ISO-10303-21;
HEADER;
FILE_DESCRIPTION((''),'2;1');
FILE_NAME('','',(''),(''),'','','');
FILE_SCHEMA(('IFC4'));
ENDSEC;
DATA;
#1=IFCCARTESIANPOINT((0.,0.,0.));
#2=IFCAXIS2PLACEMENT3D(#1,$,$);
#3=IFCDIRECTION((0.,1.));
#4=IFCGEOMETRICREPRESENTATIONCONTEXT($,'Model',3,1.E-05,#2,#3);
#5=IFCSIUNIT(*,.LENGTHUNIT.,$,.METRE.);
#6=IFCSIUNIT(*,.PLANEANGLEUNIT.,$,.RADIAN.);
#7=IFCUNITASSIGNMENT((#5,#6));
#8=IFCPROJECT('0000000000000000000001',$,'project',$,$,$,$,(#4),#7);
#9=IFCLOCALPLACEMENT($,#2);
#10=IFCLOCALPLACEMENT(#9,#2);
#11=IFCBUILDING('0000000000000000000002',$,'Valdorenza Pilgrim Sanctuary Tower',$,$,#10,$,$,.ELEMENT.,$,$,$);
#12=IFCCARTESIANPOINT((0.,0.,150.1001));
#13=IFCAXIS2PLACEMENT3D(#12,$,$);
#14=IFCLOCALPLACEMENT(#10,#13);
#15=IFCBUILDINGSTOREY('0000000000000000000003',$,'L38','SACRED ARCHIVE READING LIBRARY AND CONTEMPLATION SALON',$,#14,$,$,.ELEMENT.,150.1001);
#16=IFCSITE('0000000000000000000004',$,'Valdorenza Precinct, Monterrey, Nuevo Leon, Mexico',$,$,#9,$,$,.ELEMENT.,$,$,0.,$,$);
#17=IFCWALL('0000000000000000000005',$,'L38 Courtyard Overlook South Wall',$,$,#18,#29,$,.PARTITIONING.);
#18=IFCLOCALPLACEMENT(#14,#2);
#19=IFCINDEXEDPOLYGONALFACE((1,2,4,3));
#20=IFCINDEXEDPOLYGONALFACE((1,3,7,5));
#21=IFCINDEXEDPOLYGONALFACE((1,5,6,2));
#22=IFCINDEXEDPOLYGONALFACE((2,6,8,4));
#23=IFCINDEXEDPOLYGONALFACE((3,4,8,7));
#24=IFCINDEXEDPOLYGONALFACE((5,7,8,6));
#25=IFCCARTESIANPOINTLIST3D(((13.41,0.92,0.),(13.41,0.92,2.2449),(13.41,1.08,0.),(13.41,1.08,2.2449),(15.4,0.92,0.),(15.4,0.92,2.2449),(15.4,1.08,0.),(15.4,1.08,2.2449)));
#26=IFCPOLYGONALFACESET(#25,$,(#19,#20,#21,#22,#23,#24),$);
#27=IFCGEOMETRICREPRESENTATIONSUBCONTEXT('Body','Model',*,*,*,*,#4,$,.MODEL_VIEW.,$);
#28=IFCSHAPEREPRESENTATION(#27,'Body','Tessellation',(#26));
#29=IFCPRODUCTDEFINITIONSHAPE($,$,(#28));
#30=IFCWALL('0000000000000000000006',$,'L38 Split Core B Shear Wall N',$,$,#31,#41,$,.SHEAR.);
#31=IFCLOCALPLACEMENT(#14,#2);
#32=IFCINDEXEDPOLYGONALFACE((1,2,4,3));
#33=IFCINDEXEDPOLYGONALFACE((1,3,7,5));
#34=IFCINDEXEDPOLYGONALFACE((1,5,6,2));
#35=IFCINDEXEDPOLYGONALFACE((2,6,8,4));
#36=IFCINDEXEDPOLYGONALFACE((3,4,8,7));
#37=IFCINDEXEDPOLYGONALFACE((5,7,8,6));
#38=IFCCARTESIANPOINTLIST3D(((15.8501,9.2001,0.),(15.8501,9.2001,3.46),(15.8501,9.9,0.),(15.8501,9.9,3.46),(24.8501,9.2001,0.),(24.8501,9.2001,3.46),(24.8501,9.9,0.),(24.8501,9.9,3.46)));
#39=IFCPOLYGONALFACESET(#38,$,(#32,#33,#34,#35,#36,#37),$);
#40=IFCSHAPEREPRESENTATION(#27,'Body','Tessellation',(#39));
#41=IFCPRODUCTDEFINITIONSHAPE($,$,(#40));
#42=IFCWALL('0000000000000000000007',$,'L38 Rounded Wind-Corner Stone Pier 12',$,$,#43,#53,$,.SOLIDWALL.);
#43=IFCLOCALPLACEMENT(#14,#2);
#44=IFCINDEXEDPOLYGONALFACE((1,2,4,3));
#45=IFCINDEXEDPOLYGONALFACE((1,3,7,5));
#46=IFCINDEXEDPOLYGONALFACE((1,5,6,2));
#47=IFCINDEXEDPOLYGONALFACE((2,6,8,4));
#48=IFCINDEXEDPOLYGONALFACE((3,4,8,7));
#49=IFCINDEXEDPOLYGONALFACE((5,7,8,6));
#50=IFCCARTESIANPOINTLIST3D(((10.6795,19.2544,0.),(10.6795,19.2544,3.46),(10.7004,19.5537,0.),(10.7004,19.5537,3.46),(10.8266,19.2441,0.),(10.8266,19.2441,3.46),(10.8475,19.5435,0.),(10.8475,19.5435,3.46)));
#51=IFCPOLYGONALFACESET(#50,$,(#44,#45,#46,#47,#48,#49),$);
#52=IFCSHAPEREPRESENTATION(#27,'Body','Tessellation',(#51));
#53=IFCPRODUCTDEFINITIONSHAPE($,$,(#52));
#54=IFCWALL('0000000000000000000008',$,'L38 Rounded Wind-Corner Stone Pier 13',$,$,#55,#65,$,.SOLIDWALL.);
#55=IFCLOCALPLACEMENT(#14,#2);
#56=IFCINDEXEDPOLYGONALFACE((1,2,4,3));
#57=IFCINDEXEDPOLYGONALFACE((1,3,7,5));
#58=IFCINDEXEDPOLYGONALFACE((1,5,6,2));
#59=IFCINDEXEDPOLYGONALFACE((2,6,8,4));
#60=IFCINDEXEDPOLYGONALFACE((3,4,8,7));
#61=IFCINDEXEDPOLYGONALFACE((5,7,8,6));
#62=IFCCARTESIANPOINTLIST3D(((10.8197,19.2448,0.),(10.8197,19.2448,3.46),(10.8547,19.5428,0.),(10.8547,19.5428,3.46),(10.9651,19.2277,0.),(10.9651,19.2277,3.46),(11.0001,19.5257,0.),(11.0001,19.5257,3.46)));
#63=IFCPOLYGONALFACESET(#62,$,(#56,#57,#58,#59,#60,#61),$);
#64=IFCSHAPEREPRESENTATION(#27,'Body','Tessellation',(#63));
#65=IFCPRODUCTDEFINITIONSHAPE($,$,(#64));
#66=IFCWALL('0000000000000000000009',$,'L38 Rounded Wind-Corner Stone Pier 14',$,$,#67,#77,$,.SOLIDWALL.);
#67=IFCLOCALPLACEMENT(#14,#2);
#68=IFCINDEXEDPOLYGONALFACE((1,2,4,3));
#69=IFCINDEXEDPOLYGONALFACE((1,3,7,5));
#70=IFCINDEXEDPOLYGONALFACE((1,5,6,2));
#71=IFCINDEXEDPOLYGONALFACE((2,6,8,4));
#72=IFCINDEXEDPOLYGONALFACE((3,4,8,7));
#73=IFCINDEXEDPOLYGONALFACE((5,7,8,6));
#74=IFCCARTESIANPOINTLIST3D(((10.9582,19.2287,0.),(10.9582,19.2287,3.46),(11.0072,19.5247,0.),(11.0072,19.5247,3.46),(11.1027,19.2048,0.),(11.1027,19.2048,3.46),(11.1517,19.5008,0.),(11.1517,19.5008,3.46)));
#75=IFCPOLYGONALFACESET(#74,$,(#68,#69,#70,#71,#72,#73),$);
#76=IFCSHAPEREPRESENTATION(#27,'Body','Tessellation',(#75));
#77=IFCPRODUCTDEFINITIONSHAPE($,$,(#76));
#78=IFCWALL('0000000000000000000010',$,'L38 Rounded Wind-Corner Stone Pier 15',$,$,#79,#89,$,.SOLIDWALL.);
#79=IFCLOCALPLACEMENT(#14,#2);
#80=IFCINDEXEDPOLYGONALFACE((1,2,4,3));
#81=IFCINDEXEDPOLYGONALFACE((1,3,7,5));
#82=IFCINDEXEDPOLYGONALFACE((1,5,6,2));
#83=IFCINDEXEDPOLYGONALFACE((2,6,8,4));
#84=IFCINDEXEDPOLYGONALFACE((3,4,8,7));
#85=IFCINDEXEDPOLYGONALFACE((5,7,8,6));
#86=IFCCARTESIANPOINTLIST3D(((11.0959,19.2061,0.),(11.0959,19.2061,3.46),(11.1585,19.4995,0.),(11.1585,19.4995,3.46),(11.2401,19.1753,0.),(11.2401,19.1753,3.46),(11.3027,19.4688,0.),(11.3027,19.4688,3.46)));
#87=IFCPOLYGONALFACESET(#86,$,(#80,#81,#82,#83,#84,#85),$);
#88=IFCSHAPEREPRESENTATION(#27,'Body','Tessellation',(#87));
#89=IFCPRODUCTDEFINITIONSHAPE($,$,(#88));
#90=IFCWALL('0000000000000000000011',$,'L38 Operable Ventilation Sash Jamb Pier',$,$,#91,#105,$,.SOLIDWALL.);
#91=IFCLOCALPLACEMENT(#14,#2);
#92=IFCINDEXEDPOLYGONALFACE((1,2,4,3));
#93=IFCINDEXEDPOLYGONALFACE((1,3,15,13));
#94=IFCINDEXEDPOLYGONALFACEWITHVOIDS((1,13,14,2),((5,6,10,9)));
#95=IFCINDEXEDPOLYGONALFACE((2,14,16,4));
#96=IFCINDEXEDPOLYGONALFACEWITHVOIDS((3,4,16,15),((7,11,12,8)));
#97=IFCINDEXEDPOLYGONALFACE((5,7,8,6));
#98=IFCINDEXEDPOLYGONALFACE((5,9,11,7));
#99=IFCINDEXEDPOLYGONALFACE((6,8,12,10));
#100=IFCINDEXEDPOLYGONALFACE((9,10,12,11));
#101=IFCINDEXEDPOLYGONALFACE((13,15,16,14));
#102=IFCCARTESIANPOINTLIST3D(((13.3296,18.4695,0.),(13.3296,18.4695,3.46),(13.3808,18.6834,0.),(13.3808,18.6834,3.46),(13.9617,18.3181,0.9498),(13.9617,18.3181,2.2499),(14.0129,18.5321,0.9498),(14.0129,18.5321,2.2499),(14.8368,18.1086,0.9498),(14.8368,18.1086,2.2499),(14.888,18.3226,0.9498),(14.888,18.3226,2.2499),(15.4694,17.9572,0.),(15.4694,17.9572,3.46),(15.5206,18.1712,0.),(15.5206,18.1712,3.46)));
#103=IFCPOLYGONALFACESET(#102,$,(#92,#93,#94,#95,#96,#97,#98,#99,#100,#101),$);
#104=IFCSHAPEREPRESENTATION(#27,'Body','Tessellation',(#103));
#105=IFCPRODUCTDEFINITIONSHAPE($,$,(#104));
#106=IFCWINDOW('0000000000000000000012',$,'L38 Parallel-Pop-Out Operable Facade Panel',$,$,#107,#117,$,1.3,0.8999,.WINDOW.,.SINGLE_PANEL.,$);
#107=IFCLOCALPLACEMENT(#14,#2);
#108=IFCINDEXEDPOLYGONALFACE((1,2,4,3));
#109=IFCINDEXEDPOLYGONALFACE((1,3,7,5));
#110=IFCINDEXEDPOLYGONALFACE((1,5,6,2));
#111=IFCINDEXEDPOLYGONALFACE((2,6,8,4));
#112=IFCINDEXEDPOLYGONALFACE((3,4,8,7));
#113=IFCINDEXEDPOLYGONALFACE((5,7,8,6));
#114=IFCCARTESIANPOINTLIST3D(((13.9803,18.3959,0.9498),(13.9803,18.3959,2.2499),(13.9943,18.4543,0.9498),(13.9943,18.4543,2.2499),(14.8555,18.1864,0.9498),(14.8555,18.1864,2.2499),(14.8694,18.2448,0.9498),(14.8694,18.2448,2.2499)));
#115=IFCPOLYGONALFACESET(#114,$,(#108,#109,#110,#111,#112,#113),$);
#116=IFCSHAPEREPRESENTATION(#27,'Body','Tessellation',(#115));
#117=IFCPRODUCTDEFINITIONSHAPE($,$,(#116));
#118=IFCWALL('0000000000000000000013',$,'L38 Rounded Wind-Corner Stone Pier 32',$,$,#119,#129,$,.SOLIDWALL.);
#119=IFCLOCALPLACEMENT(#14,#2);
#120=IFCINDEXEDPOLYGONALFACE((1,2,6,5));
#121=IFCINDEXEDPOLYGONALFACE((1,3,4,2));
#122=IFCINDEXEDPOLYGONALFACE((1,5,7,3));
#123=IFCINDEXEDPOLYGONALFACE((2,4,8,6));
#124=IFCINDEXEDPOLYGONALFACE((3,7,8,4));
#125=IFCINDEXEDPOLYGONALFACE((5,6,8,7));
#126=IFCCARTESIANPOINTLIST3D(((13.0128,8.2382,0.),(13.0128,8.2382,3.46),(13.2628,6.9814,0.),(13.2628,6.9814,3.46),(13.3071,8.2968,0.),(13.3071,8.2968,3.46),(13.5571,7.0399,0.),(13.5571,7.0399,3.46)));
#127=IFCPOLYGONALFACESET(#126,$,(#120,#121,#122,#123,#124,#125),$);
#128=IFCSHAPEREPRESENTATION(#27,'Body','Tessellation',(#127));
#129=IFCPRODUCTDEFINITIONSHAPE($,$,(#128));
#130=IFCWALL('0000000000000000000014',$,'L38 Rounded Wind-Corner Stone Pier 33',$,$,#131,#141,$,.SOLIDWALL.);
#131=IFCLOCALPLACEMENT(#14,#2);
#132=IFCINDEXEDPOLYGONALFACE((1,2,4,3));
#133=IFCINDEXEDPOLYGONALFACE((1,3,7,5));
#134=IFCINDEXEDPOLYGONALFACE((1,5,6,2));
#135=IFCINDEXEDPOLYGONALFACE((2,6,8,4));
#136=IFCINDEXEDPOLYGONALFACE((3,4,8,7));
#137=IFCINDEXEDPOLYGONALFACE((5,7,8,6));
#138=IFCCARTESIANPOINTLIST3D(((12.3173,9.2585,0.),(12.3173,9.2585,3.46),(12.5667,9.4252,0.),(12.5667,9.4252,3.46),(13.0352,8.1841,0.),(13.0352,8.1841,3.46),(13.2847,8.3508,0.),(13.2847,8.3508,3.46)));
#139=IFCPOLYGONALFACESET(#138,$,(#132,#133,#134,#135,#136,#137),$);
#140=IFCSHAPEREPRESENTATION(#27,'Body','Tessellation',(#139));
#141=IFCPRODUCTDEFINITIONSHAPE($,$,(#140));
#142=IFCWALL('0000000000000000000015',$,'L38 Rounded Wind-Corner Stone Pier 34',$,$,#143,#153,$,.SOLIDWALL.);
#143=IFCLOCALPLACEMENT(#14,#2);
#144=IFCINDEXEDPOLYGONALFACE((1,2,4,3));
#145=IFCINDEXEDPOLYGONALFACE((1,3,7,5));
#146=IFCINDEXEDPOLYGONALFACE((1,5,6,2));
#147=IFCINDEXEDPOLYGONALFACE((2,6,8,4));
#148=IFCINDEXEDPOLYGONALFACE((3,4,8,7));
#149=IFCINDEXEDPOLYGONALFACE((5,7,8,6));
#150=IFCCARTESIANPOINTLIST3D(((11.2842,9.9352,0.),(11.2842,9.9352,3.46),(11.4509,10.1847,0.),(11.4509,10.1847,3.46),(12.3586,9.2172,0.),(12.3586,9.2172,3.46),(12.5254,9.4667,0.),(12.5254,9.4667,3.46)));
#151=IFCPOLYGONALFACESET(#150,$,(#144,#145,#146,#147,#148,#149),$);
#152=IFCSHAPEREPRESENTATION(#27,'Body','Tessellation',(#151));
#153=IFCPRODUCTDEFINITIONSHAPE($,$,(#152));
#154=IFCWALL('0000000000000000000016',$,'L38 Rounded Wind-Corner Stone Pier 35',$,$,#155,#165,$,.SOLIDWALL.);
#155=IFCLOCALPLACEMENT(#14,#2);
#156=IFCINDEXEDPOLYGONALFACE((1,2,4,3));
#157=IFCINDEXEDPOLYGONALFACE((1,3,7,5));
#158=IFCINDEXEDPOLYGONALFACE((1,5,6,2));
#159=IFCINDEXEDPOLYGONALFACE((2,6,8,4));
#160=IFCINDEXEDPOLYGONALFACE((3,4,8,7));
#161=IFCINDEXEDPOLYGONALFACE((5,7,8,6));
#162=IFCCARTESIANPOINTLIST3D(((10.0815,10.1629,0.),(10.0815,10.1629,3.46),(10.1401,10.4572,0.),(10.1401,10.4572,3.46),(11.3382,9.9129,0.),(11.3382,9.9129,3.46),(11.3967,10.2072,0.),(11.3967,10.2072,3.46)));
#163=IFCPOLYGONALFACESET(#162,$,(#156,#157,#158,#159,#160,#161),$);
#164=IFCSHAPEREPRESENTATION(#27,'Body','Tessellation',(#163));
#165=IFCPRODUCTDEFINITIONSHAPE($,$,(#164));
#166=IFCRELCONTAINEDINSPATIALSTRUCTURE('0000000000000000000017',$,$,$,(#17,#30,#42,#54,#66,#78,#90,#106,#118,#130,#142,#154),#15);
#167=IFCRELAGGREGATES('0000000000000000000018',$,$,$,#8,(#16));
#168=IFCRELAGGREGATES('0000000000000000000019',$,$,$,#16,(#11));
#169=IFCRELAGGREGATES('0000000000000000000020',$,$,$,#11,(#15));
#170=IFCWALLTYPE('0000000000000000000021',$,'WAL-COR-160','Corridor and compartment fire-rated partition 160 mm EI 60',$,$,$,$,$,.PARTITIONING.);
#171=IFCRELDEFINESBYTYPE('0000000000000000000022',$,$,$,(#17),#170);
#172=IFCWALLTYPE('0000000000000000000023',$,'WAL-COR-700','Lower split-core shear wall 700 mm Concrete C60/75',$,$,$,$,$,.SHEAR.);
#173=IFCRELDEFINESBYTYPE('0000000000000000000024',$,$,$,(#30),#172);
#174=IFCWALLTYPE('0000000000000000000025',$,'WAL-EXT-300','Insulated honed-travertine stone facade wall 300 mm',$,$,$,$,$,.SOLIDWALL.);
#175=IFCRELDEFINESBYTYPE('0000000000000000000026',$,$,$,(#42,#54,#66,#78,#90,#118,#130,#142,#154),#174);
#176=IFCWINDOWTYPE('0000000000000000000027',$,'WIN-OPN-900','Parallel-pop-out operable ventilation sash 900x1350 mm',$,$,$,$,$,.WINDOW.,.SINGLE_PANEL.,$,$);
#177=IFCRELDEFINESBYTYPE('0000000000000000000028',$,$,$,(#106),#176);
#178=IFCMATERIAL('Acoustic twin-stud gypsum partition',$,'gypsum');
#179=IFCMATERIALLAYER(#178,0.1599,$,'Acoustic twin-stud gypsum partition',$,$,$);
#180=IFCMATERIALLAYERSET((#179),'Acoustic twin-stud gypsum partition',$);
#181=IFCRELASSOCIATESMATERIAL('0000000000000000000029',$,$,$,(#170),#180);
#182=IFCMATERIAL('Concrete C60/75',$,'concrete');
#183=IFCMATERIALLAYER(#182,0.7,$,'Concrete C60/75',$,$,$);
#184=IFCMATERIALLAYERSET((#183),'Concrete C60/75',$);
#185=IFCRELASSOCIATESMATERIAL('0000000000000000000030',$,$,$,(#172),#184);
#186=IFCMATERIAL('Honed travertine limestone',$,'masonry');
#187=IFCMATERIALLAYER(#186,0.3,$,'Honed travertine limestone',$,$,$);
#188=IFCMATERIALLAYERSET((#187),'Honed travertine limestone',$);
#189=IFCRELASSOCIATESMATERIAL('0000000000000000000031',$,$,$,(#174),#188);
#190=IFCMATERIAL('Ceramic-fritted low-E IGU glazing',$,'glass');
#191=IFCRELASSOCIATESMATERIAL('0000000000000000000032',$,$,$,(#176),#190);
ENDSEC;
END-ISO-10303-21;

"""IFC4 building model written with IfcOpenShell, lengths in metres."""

from ifc_helpers import new_model, si_unit, direction, frame, frame_2d, origin, place, context, subcontext, project, spatial, rectangle, extrude, material, layer, layer_set, type_object, element, fill, save


model = new_model("IFC4")

# Units and contexts
model_context = context("Model", 3, precision=1e-05, world=origin(), true_north=direction((0.0, 1.0)))
body_context = subcontext(model_context, "Body", "Model", "MODEL_VIEW")
ifc_project = project(units=[si_unit("LENGTHUNIT", "METRE"), si_unit("PLANEANGLEUNIT", "RADIAN")], contexts=[model_context])

# Site, building, storey
site_placement = place(None, origin())
site = spatial("IfcSite", under=ifc_project, at=site_placement, Name="Valdorenza Precinct, Monterrey, Nuevo Leon, Mexico", CompositionType="ELEMENT", RefElevation=0.0)
building_placement = place(site_placement, origin())
building = spatial("IfcBuilding", under=site, at=building_placement, Name="Valdorenza Pilgrim Sanctuary Tower", CompositionType="ELEMENT")
storey_placement = place(building_placement, frame((0.0, 0.0, 150.1001)))
storey = spatial("IfcBuildingStorey", under=building, at=storey_placement, Name="L38", Description="SACRED ARCHIVE READING LIBRARY AND CONTEMPLATION SALON", CompositionType="ELEMENT", Elevation=150.1001)

# Shared definitions
ifc_material_1 = material(Name="Honed travertine limestone", Category="masonry")
ifc_material_2 = material(Name="Ceramic-fritted low-E IGU glazing", Category="glass")

# Shared definitions
ifc_material_3 = material(Name="Acoustic twin-stud gypsum partition", Category="gypsum")
ifc_layer_1 = layer(ifc_material_3, 0.1599, Name="Acoustic twin-stud gypsum partition")
ifc_layer_set_1 = layer_set([ifc_layer_1], Name="Acoustic twin-stud gypsum partition")
wall_type_1 = type_object("IfcWallType", Name="WAL-COR-160", Description="Corridor and compartment fire-rated partition 160 mm EI 60", PredefinedType="PARTITIONING", material=ifc_layer_set_1)

# Walls
wall_1_placement = place(storey_placement, frame((13.4099, 1.0, 0.0), z_axis=(0.0, 0.0, 1.0), x_axis=(1.0, 0.0, 0.0)))
element("IfcWall", 1, at=wall_1_placement, inside=storey, type_object=wall_type_1, Name="L38 Courtyard Overlook South Wall", PredefinedType="PARTITIONING", context=body_context, shape_type="SweptSolid", body=[
    extrude(rectangle(XDim=1.99, YDim=0.1599, at=frame_2d((0.9951, 0.0))), origin(), (0.0, 0.0, 1.0), 2.2449),
])
ifc_material_4 = material(Name="Concrete C60/75", Category="concrete")
ifc_layer_2 = layer(ifc_material_4, 0.7, Name="Concrete C60/75")
ifc_layer_set_2 = layer_set([ifc_layer_2], Name="Concrete C60/75")
wall_type_2 = type_object("IfcWallType", Name="WAL-COR-700", Description="Lower split-core shear wall 700 mm Concrete C60/75", PredefinedType="SHEAR", material=ifc_layer_set_2)
wall_2_placement = place(storey_placement, frame((15.8501, 9.55, 0.0), z_axis=(0.0, 0.0, 1.0), x_axis=(1.0, 0.0, 0.0)))
element("IfcWall", 2, at=wall_2_placement, inside=storey, type_object=wall_type_2, Name="L38 Split Core B Shear Wall N", PredefinedType="SHEAR", context=body_context, shape_type="SweptSolid", body=[
    extrude(rectangle(XDim=9.0, YDim=0.7, at=frame_2d((4.5, 0.0))), origin(), (0.0, 0.0, 1.0), 3.46),
])
ifc_layer_3 = layer(ifc_material_1, 0.3, Name="Honed travertine limestone")
ifc_layer_set_3 = layer_set([ifc_layer_3], Name="Honed travertine limestone")
wall_type_3 = type_object("IfcWallType", Name="WAL-EXT-300", Description="Insulated honed-travertine stone facade wall 300 mm", PredefinedType="SOLIDWALL", material=ifc_layer_set_3)
wall_3_placement = place(storey_placement, frame((10.6899, 19.4041, 0.0), z_axis=(0.0, 0.0, 1.0), x_axis=(0.997583, -0.069483, 0.0)))
element("IfcWall", 3, at=wall_3_placement, inside=storey, type_object=wall_type_3, Name="L38 Rounded Wind-Corner Stone Pier 12", PredefinedType="SOLIDWALL", context=body_context, shape_type="SweptSolid", body=[
    extrude(rectangle(XDim=0.1475, YDim=0.3, at=frame_2d((0.0737, 0.0))), origin(), (0.0, 0.0, 1.0), 3.46),
])
for number, where, z_axis, x_axis, name in (
    (4, (10.8372, 19.3938, 0.0), (0.0, 0.0, 1.0), (0.993173, -0.116648, 0.0), "L38 Rounded Wind-Corner Stone Pier 13"),
    (5, (10.9827, 19.3767, 0.0), (0.0, 0.0, 1.0), (0.986573, -0.163318, 0.0), "L38 Rounded Wind-Corner Stone Pier 14"),
):
    element("IfcWall", number, at=place(storey_placement, frame(where, z_axis=z_axis, x_axis=x_axis)), inside=storey, type_object=wall_type_3, Name=name, PredefinedType="SOLIDWALL", context=body_context, shape_type="SweptSolid", body=[
        extrude(rectangle(XDim=0.1465, YDim=0.3, at=frame_2d((0.0732, 0.0))), origin(), (0.0, 0.0, 1.0), 3.46),
    ])
wall_4_placement = place(storey_placement, frame((11.1272, 19.3528, 0.0), z_axis=(0.0, 0.0, 1.0), x_axis=(0.97802, -0.208512, 0.0)))
element("IfcWall", 6, at=wall_4_placement, inside=storey, type_object=wall_type_3, Name="L38 Rounded Wind-Corner Stone Pier 15", PredefinedType="SOLIDWALL", context=body_context, shape_type="SweptSolid", body=[
    extrude(rectangle(XDim=0.1475, YDim=0.3, at=frame_2d((0.0737, 0.0))), origin(), (0.0, 0.0, 1.0), 3.46),
])

# Wall, opening, window
wall_5_placement = place(storey_placement, frame((13.3552, 18.5764, 0.0), z_axis=(0.0, 0.0, 1.0), x_axis=(0.972522, -0.232811, 0.0)))
wall_5 = element("IfcWall", 7, at=wall_5_placement, inside=storey, type_object=wall_type_3, Name="L38 Operable Ventilation Sash Jamb Pier", PredefinedType="SOLIDWALL", context=body_context, shape_type="SweptSolid", body=[
    extrude(rectangle(XDim=2.2002, YDim=0.22, at=frame_2d((1.1001, 0.0))), origin(), (0.0, 0.0, 1.0), 3.46),
])
opening_1_placement = place(wall_5_placement, frame((0.6499, 0.0, 0.95)))
opening_1 = element("IfcOpeningElement", 8, at=opening_1_placement, cuts=wall_5, PredefinedType="OPENING", context=body_context, shape_type="SweptSolid", body=[
    extrude(rectangle(XDim=0.8999, YDim=1.3, at=frame_2d((0.45, 0.6499))), frame((0.0, 0.125, 0.0), z_axis=(0.0, -1.0, 0.0), x_axis=(1.0, 0.0, 0.0)), (0.0, 0.0, 1.0), 0.2498),
])
window_type = type_object("IfcWindowType", Name="WIN-OPN-900", Description="Parallel-pop-out operable ventilation sash 900x1350 mm", PartitioningType="SINGLE_PANEL", PredefinedType="WINDOW", material=ifc_material_2)
window_placement = place(opening_1_placement, origin())
window = element("IfcWindow", 9, at=window_placement, inside=storey, type_object=window_type, Name="L38 Parallel-Pop-Out Operable Facade Panel", OverallHeight=1.3, OverallWidth=0.8999, PartitioningType="SINGLE_PANEL", PredefinedType="WINDOW", context=body_context, shape_type="SweptSolid", body=[
    extrude(rectangle(XDim=0.8999, YDim=1.3, at=frame_2d((0.45, 0.6499))), frame((0.0, 0.03, 0.0), z_axis=(0.0, -1.0, 0.0), x_axis=(1.0, 0.0, 0.0)), (0.0, 0.0, 1.0), 0.0601),
])
fill(opening_1, window)

# Walls
wall_6_placement = place(storey_placement, frame((13.4099, 7.0107, 0.0), z_axis=(0.0, 0.0, 1.0), x_axis=(-0.19509, 0.980785, 0.0)))
element("IfcWall", 10, at=wall_6_placement, inside=storey, type_object=wall_type_3, Name="L38 Rounded Wind-Corner Stone Pier 32", PredefinedType="SOLIDWALL", context=body_context, shape_type="SweptSolid", body=[
    extrude(rectangle(XDim=1.2815, YDim=0.3, at=frame_2d((0.6406, 0.0))), origin(), (0.0, 0.0, 1.0), 3.46),
])
for number, where, z_axis, x_axis, name in (
    (11, (13.1599, 8.2676, 0.0), (0.0, 0.0, 1.0), (-0.555615, 0.831439, 0.0), "L38 Rounded Wind-Corner Stone Pier 33"),
    (12, (12.4419, 9.342, 0.0), (0.0, 0.0, 1.0), (-0.831439, 0.555615, 0.0), "L38 Rounded Wind-Corner Stone Pier 34"),
):
    element("IfcWall", number, at=place(storey_placement, frame(where, z_axis=z_axis, x_axis=x_axis)), inside=storey, type_object=wall_type_3, Name=name, PredefinedType="SOLIDWALL", context=body_context, shape_type="SweptSolid", body=[
        extrude(rectangle(XDim=1.2922, YDim=0.3, at=frame_2d((0.646, 0.0))), origin(), (0.0, 0.0, 1.0), 3.46),
    ])
wall_7_placement = place(storey_placement, frame((11.3674, 10.0601, 0.0), z_axis=(0.0, 0.0, 1.0), x_axis=(-0.980778, 0.195127, 0.0)))
element("IfcWall", 13, at=wall_7_placement, inside=storey, type_object=wall_type_3, Name="L38 Rounded Wind-Corner Stone Pier 35", PredefinedType="SOLIDWALL", context=body_context, shape_type="SweptSolid", body=[
    extrude(rectangle(XDim=1.2812, YDim=0.3, at=frame_2d((0.6406, 0.0))), origin(), (0.0, 0.0, 1.0), 3.46),
])

save(model, "model.ifc")
